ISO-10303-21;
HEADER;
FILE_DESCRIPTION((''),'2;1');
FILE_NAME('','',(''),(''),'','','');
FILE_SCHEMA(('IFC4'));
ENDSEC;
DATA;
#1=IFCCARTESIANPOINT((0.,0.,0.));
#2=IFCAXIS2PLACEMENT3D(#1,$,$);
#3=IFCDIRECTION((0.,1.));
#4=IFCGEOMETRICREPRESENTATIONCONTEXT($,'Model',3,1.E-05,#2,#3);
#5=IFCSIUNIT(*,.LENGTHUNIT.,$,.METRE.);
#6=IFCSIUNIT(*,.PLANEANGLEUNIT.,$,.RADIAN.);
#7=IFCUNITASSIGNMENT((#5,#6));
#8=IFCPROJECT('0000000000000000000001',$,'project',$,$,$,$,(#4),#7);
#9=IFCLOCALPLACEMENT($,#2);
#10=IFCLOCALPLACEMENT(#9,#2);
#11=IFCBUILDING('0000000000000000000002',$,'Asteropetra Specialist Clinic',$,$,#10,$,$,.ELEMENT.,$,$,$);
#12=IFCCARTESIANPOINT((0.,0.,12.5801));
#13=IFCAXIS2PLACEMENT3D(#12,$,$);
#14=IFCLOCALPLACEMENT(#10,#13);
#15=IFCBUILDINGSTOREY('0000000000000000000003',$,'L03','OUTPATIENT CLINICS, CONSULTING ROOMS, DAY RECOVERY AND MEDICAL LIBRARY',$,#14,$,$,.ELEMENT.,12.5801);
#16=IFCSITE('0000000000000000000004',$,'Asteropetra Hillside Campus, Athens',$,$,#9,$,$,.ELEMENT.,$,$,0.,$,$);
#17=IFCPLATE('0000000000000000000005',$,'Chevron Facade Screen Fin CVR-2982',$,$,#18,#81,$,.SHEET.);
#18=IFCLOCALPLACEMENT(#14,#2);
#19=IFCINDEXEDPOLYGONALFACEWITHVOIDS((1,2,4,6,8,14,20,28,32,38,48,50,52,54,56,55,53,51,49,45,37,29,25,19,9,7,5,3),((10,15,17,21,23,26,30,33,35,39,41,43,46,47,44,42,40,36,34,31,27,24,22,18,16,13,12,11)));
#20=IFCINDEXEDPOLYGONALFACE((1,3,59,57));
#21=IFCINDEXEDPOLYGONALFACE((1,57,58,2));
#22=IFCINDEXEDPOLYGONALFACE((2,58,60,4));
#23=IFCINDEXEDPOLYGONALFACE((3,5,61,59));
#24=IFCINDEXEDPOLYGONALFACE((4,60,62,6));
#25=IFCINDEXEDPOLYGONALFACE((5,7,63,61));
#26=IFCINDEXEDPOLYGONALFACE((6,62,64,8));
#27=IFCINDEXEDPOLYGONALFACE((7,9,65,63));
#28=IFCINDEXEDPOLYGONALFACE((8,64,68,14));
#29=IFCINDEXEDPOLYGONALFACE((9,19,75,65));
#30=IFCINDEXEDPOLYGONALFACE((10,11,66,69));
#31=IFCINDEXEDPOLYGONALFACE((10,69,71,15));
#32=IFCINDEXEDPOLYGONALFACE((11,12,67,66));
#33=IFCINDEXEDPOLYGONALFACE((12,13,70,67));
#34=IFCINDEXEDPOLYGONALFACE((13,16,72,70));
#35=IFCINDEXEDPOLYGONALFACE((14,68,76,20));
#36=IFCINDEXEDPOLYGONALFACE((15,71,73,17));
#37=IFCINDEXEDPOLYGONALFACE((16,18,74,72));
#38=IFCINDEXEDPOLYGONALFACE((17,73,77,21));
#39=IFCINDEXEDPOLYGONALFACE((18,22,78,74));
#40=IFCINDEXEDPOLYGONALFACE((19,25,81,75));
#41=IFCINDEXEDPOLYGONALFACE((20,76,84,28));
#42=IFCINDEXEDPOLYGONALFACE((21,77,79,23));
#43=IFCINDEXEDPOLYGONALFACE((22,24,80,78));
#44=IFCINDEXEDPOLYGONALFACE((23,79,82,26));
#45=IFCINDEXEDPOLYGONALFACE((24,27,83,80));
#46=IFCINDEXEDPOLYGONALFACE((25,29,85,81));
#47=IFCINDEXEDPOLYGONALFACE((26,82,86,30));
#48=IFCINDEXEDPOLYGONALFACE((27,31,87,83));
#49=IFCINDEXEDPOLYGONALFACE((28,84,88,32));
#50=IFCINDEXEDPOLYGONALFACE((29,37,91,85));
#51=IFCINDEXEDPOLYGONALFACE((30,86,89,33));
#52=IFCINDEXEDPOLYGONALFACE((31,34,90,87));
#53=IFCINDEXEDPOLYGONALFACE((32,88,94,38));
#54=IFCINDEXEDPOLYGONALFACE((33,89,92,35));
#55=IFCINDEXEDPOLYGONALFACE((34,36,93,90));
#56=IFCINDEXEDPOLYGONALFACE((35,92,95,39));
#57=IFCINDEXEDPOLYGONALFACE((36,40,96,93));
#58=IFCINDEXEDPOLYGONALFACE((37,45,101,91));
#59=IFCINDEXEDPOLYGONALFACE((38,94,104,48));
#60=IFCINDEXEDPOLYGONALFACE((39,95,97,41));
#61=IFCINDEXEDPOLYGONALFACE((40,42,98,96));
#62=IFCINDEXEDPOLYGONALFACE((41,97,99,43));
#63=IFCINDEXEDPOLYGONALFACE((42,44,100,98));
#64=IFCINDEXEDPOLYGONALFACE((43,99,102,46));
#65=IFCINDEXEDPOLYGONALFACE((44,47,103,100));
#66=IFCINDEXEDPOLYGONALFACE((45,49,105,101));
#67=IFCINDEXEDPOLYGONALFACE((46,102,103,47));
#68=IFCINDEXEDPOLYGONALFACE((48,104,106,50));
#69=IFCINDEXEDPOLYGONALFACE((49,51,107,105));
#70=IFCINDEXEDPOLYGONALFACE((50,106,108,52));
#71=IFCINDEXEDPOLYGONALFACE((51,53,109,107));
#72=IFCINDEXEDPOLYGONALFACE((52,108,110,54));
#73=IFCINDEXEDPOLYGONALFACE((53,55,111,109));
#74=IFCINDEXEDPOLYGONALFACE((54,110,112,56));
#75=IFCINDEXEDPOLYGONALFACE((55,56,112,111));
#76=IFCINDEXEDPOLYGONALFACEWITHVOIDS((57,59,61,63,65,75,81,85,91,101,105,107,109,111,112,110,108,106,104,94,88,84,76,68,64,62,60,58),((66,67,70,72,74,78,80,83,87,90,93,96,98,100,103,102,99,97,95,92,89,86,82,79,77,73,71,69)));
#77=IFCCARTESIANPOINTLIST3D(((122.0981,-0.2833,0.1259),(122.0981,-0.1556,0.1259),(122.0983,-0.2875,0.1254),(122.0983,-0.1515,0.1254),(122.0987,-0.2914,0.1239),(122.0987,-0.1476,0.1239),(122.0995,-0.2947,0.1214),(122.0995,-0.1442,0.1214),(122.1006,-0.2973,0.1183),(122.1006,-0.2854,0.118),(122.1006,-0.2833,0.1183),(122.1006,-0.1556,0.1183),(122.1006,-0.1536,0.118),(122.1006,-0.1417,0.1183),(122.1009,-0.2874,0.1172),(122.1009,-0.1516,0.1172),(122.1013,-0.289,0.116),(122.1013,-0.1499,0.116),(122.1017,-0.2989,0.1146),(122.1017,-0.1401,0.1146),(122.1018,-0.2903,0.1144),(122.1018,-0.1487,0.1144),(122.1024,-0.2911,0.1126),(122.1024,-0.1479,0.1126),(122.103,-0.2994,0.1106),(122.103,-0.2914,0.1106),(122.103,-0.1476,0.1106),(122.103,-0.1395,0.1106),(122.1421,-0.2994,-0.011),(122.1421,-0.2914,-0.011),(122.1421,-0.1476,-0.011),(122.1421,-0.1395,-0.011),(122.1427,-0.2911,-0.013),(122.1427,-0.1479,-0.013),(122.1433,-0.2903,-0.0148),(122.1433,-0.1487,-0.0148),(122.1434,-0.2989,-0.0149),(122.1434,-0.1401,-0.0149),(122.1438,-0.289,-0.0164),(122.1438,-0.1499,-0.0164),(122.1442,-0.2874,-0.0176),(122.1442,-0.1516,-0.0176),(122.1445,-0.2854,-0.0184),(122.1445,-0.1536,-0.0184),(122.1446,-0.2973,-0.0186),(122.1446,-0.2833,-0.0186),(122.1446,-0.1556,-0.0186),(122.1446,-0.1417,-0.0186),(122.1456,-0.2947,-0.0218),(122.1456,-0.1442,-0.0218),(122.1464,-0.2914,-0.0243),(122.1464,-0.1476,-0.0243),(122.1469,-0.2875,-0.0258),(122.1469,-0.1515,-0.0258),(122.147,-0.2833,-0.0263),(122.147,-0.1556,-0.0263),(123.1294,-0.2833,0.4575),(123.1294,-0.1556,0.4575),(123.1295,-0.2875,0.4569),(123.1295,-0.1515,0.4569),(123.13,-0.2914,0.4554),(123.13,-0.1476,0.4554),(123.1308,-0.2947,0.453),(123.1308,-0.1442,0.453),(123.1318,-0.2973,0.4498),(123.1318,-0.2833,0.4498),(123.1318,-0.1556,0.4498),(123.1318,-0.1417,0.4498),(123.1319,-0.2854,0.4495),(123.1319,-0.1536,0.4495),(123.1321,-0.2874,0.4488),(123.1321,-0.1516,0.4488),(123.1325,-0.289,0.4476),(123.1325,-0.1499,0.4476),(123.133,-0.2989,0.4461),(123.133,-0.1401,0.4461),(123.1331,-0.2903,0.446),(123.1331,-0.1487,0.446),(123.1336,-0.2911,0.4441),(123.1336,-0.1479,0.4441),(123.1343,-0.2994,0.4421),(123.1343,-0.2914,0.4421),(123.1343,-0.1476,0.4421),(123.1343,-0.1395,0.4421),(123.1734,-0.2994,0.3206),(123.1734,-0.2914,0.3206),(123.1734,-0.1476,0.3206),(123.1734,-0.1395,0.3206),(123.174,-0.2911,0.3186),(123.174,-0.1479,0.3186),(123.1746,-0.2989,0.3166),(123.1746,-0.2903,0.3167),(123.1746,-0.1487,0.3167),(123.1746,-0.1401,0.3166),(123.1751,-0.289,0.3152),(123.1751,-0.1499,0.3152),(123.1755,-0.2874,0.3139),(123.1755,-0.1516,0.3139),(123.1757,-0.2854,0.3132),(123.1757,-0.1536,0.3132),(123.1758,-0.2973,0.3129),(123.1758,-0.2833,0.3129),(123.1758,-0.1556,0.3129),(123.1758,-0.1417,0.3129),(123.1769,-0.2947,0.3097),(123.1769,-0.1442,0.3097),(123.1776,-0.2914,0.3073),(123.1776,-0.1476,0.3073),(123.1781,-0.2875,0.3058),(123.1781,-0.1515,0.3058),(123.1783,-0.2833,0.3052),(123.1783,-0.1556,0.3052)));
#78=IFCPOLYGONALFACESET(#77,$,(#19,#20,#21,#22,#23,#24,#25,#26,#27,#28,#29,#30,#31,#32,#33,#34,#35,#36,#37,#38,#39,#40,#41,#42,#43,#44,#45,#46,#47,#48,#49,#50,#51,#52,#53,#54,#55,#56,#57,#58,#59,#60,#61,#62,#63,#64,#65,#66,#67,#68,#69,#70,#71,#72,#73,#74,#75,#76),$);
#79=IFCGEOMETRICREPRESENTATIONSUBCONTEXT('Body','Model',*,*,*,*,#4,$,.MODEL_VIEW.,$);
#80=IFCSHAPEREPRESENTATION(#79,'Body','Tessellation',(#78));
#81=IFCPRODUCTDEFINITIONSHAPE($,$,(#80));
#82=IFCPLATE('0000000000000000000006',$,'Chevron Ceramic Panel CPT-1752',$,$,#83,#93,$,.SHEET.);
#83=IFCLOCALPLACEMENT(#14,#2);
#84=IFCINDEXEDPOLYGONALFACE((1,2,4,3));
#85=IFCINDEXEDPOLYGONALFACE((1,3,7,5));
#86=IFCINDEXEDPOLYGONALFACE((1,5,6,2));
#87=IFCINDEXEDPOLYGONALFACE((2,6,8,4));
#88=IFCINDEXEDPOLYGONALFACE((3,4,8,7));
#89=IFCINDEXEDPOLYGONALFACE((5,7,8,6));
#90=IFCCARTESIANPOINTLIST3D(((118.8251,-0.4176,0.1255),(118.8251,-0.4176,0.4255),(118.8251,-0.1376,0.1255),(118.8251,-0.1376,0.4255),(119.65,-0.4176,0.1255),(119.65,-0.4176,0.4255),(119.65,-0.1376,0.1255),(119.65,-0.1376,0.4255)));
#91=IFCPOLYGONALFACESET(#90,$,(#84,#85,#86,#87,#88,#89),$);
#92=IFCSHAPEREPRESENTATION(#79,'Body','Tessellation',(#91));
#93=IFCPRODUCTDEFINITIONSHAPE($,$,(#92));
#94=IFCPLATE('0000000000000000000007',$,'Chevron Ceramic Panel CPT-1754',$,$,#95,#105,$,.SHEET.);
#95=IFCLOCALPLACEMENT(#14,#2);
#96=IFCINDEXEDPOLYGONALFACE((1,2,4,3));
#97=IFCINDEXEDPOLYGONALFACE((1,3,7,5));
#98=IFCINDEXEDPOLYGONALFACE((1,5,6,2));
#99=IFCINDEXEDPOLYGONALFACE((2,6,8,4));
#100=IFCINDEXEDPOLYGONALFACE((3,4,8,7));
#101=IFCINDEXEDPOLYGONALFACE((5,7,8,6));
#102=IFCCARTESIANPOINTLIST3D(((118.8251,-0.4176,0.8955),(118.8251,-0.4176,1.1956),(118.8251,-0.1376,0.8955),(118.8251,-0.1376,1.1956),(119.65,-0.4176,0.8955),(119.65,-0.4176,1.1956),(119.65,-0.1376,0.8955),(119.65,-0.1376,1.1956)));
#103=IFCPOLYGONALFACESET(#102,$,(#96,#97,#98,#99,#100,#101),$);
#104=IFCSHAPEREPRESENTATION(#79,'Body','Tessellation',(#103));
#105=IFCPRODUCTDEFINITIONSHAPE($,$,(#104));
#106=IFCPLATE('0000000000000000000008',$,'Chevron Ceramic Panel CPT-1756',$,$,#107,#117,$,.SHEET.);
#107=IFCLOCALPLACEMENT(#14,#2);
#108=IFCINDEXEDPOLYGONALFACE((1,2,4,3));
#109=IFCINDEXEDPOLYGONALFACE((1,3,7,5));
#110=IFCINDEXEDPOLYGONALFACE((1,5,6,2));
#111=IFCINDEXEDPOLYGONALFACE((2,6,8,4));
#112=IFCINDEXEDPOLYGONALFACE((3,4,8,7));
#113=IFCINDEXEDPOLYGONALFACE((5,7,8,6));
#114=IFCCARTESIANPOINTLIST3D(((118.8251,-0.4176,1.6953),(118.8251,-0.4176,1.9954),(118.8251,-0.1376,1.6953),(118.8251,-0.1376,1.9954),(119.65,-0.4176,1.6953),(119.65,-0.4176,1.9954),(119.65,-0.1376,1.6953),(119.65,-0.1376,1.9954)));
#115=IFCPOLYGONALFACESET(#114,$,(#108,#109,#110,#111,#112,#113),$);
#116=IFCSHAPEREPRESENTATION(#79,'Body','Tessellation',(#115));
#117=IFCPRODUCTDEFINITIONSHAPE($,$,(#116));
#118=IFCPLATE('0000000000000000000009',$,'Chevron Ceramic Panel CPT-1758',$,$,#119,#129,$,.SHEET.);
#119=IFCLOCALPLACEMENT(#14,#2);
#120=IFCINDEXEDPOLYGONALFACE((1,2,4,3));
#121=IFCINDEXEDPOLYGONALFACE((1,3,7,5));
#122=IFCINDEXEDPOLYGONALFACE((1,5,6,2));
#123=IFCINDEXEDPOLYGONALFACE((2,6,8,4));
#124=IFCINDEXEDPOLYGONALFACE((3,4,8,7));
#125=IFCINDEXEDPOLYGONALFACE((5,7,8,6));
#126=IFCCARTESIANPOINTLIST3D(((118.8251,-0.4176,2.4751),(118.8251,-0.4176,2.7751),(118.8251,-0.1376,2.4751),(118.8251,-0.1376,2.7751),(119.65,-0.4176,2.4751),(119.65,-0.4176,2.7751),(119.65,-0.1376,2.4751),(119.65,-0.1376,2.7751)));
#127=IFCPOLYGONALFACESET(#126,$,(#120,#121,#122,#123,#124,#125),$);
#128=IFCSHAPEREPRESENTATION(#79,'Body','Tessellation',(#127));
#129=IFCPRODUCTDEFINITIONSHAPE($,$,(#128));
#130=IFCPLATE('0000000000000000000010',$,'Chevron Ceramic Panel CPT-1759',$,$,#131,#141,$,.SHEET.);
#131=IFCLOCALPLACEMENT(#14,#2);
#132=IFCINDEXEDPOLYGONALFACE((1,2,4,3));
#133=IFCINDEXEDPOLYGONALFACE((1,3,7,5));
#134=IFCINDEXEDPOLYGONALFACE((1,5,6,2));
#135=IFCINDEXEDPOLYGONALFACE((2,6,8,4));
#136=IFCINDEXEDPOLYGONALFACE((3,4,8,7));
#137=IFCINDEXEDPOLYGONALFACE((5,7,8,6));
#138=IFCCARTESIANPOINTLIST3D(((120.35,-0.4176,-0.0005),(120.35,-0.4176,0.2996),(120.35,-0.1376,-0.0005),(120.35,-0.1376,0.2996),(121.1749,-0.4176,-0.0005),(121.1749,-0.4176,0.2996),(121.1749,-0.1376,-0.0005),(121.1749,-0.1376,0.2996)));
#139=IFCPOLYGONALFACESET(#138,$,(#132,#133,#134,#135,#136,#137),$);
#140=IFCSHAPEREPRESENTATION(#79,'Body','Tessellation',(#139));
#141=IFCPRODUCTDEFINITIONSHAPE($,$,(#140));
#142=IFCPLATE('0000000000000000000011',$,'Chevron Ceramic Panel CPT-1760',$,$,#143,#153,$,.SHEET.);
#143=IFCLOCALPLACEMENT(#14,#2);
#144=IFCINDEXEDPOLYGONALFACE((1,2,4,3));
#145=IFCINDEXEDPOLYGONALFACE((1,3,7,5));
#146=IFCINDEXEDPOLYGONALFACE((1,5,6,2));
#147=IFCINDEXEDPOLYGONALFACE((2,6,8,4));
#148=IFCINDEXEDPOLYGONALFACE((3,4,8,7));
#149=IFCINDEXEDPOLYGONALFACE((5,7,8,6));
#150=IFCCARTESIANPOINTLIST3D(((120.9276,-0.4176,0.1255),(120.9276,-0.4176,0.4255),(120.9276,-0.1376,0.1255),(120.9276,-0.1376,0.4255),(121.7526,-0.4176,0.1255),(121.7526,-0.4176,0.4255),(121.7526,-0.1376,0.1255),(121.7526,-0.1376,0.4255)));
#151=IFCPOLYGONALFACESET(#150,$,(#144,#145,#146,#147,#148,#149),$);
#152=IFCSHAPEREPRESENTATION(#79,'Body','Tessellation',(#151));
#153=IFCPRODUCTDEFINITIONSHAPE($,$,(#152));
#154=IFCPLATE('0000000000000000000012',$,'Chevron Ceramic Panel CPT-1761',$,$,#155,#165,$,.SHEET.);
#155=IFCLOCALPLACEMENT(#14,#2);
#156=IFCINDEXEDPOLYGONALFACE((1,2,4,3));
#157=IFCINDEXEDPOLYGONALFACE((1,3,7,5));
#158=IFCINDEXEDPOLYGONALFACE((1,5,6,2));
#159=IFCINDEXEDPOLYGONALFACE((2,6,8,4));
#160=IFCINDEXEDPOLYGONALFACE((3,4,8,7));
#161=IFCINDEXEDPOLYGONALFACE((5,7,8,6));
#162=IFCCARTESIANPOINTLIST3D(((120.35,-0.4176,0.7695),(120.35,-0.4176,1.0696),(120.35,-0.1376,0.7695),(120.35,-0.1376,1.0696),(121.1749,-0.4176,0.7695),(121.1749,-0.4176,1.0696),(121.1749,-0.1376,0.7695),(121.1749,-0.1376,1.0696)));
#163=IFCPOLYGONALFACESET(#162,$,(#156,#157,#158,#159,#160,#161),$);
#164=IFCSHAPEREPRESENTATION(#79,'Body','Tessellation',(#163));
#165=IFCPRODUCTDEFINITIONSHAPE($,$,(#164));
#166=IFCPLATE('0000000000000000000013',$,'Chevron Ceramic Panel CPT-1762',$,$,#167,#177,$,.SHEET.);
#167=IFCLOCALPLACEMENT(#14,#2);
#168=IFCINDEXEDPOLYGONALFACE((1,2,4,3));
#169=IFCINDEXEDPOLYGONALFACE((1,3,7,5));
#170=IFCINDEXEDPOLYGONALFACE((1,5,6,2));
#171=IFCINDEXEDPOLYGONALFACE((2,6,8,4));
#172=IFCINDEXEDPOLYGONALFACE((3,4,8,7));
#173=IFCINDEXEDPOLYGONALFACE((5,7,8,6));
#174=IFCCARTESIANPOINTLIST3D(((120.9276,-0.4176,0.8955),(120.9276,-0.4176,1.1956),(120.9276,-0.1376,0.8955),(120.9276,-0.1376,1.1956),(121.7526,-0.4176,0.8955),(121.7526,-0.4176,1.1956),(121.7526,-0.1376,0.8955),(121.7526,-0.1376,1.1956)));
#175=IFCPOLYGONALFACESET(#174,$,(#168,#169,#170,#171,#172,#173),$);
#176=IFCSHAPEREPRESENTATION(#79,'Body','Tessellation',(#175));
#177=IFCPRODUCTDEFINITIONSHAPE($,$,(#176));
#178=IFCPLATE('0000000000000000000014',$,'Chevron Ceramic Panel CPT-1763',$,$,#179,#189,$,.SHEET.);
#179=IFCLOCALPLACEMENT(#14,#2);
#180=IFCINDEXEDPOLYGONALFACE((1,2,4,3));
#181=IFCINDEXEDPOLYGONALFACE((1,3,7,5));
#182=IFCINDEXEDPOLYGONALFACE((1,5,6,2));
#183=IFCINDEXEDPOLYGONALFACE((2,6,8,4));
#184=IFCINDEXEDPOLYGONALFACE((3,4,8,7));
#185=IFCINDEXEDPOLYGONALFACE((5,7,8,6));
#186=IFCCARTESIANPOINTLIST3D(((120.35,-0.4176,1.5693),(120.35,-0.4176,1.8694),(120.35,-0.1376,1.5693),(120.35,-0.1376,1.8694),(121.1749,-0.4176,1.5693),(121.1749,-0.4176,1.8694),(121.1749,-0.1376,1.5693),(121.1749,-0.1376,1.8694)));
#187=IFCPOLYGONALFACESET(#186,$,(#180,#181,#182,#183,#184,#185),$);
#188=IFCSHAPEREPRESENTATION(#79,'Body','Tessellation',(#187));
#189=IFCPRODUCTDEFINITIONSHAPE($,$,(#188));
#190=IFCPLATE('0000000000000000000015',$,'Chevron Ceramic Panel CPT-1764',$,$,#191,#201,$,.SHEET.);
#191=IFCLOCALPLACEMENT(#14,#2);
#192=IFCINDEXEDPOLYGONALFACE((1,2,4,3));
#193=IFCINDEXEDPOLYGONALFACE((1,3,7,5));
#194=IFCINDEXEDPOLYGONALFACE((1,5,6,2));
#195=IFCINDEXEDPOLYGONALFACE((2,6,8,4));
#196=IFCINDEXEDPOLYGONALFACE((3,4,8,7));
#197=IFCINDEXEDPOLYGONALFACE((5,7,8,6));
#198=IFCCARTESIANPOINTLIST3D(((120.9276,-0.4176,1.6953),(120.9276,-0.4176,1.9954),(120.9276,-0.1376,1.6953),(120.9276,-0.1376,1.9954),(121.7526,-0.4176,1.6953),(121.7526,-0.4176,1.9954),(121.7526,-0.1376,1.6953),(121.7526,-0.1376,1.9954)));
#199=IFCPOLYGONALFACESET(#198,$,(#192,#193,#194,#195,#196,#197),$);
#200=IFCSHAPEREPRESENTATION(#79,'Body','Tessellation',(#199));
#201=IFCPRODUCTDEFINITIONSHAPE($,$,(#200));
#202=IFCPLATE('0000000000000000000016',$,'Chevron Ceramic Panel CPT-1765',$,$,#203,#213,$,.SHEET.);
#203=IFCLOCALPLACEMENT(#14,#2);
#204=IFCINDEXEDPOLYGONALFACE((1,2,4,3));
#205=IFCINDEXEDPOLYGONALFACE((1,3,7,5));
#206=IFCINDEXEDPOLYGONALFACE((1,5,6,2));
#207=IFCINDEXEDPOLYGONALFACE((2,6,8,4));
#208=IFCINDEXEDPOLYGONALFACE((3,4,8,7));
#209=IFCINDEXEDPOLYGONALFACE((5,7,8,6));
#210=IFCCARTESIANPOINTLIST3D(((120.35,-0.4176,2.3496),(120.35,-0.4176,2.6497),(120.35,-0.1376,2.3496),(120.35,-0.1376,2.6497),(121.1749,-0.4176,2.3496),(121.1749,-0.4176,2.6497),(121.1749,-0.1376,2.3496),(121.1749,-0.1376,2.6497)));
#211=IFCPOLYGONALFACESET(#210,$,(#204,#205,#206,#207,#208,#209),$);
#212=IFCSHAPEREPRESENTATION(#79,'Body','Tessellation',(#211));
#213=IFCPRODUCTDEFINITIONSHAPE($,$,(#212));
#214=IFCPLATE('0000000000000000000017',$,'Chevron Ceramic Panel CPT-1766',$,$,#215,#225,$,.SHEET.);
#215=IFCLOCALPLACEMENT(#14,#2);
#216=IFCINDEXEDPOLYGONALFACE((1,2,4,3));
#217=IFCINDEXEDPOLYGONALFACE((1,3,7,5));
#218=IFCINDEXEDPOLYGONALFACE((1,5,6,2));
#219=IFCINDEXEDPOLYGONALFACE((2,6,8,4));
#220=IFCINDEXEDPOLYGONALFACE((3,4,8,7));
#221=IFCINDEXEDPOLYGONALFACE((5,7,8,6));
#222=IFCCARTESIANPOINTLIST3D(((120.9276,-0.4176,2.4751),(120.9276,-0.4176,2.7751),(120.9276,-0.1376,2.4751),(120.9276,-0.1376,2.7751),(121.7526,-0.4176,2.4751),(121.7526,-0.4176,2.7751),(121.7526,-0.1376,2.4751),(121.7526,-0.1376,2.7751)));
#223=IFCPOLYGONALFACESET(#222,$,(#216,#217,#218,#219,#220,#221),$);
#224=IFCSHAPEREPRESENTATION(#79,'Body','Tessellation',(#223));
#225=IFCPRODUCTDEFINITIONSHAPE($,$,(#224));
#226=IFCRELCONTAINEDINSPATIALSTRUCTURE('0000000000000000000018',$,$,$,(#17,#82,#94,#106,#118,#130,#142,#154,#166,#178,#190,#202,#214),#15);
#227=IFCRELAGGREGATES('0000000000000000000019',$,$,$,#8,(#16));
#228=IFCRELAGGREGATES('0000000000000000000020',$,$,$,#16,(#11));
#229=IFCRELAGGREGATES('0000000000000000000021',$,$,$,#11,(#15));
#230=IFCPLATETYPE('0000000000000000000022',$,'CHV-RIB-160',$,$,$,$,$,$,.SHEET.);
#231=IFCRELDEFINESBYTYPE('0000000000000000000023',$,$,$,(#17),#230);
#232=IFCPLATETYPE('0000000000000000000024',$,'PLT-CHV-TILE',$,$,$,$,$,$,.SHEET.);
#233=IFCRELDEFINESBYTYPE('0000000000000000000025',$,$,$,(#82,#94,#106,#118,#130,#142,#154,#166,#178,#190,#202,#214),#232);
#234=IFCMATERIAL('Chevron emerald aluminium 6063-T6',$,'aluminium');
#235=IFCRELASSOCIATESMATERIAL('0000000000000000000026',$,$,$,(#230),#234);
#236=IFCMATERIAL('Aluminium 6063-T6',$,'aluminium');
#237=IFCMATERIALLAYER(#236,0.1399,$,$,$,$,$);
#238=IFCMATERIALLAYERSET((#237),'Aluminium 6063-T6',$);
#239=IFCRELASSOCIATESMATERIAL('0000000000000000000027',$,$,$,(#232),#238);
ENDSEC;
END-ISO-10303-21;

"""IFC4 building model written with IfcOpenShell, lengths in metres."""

from ifc_helpers import new_model, si_unit, direction, frame, origin, origin_2d, place, context, subcontext, project, spatial, rectangle, hollow_rectangle, extrude, material, layer, layer_set, material_profile, profile_set, type_object, element, save


model = new_model("IFC4")

# Units and contexts
model_context = context("Model", 3, precision=1e-05, world=origin(), true_north=direction((0.0, 1.0)))
body_context = subcontext(model_context, "Body", "Model", "MODEL_VIEW")
ifc_project = project(units=[si_unit("LENGTHUNIT", "METRE"), si_unit("PLANEANGLEUNIT", "RADIAN")], contexts=[model_context])

# Site, building, storey
site_placement = place(None, origin())
site = spatial("IfcSite", under=ifc_project, at=site_placement, Name="Asteropetra Hillside Campus, Athens", CompositionType="ELEMENT", RefElevation=0.0)
building_placement = place(site_placement, origin())
building = spatial("IfcBuilding", under=site, at=building_placement, Name="Asteropetra Specialist Clinic", CompositionType="ELEMENT")
storey_placement = place(building_placement, frame((0.0, 0.0, 12.5801)))
storey = spatial("IfcBuildingStorey", under=building, at=storey_placement, Name="L03", Description="OUTPATIENT CLINICS, CONSULTING ROOMS, DAY RECOVERY AND MEDICAL LIBRARY", CompositionType="ELEMENT", Elevation=12.5801)

# Plates
ifc_material_1 = material(Name="Chevron emerald aluminium 6063-T6", Category="aluminium")
ifc_material_profile_1 = material_profile(ifc_material_1, hollow_rectangle(XDim=0.1599, YDim=0.1599, WallThickness=0.0081, InnerFilletRadius=0.0081, OuterFilletRadius=0.0161, at=origin_2d()), Name="SHS 160x160x8.0")
ifc_profile_set_1 = profile_set([ifc_material_profile_1], Name="Chevron emerald aluminium 6063-T6")
plate_type_1 = type_object("IfcPlateType", Name="CHV-RIB-160", PredefinedType="SHEET", material=ifc_profile_set_1)
for number, where, z_axis, x_axis, name in (
    (1, (122.1226, -0.2195, 0.0498), (0.95201, 0.0, 0.306068), (0.0, 1.0, 0.0), "Chevron Facade Screen Fin CVR-2982"),
):
    element("IfcPlate", number, at=place(storey_placement, frame(where, z_axis=z_axis, x_axis=x_axis)), inside=storey, type_object=plate_type_1, Name=name, PredefinedType="SHEET", context=body_context, shape_type="SweptSolid", body=[
        extrude(hollow_rectangle(XDim=0.1599, YDim=0.1599, WallThickness=0.0081, InnerFilletRadius=0.0081, OuterFilletRadius=0.0161, at=origin_2d()), origin(), (0.0, 0.0, 1.0), 1.0833),
    ])
ifc_material_2 = material(Name="Aluminium 6063-T6", Category="aluminium")
ifc_layer_1 = layer(ifc_material_2, 0.1399)
ifc_layer_set_1 = layer_set([ifc_layer_1], Name="Aluminium 6063-T6")
plate_type_2 = type_object("IfcPlateType", Name="PLT-CHV-TILE", PredefinedType="SHEET", material=ifc_layer_set_1)
for number, where, z_axis, x_axis, name in (
    (2, (119.2375, -0.2776, 0.1255), (0.0, 0.0, 1.0), (1.0, 0.0, 0.0), "Chevron Ceramic Panel CPT-1752"),
    (3, (119.2375, -0.2776, 0.8955), (0.0, 0.0, 1.0), (1.0, 0.0, 0.0), "Chevron Ceramic Panel CPT-1754"),
    (4, (119.2375, -0.2776, 1.6953), (0.0, 0.0, 1.0), (1.0, 0.0, 0.0), "Chevron Ceramic Panel CPT-1756"),
    (5, (119.2375, -0.2776, 2.4751), (0.0, 0.0, 1.0), (1.0, 0.0, 0.0), "Chevron Ceramic Panel CPT-1758"),
    (6, (120.7625, -0.2776, -0.0005), (0.0, 0.0, 1.0), (1.0, 0.0, 0.0), "Chevron Ceramic Panel CPT-1759"),
    (7, (121.3401, -0.2776, 0.1255), (0.0, 0.0, 1.0), (1.0, 0.0, 0.0), "Chevron Ceramic Panel CPT-1760"),
    (8, (120.7625, -0.2776, 0.7695), (0.0, 0.0, 1.0), (1.0, 0.0, 0.0), "Chevron Ceramic Panel CPT-1761"),
    (9, (121.3401, -0.2776, 0.8955), (0.0, 0.0, 1.0), (1.0, 0.0, 0.0), "Chevron Ceramic Panel CPT-1762"),
    (10, (120.7625, -0.2776, 1.5693), (0.0, 0.0, 1.0), (1.0, 0.0, 0.0), "Chevron Ceramic Panel CPT-1763"),
    (11, (121.3401, -0.2776, 1.6953), (0.0, 0.0, 1.0), (1.0, 0.0, 0.0), "Chevron Ceramic Panel CPT-1764"),
    (12, (120.7625, -0.2776, 2.3496), (0.0, 0.0, 1.0), (1.0, 0.0, 0.0), "Chevron Ceramic Panel CPT-1765"),
    (13, (121.3401, -0.2776, 2.4751), (0.0, 0.0, 1.0), (1.0, 0.0, 0.0), "Chevron Ceramic Panel CPT-1766"),
):
    element("IfcPlate", number, at=place(storey_placement, frame(where, z_axis=z_axis, x_axis=x_axis)), inside=storey, type_object=plate_type_2, Name=name, PredefinedType="SHEET", context=body_context, shape_type="SweptSolid", body=[
        extrude(rectangle(XDim=0.825, YDim=0.28, at=origin_2d()), origin(), (0.0, 0.0, 1.0), 0.3),
    ])

save(model, "model.ifc")
